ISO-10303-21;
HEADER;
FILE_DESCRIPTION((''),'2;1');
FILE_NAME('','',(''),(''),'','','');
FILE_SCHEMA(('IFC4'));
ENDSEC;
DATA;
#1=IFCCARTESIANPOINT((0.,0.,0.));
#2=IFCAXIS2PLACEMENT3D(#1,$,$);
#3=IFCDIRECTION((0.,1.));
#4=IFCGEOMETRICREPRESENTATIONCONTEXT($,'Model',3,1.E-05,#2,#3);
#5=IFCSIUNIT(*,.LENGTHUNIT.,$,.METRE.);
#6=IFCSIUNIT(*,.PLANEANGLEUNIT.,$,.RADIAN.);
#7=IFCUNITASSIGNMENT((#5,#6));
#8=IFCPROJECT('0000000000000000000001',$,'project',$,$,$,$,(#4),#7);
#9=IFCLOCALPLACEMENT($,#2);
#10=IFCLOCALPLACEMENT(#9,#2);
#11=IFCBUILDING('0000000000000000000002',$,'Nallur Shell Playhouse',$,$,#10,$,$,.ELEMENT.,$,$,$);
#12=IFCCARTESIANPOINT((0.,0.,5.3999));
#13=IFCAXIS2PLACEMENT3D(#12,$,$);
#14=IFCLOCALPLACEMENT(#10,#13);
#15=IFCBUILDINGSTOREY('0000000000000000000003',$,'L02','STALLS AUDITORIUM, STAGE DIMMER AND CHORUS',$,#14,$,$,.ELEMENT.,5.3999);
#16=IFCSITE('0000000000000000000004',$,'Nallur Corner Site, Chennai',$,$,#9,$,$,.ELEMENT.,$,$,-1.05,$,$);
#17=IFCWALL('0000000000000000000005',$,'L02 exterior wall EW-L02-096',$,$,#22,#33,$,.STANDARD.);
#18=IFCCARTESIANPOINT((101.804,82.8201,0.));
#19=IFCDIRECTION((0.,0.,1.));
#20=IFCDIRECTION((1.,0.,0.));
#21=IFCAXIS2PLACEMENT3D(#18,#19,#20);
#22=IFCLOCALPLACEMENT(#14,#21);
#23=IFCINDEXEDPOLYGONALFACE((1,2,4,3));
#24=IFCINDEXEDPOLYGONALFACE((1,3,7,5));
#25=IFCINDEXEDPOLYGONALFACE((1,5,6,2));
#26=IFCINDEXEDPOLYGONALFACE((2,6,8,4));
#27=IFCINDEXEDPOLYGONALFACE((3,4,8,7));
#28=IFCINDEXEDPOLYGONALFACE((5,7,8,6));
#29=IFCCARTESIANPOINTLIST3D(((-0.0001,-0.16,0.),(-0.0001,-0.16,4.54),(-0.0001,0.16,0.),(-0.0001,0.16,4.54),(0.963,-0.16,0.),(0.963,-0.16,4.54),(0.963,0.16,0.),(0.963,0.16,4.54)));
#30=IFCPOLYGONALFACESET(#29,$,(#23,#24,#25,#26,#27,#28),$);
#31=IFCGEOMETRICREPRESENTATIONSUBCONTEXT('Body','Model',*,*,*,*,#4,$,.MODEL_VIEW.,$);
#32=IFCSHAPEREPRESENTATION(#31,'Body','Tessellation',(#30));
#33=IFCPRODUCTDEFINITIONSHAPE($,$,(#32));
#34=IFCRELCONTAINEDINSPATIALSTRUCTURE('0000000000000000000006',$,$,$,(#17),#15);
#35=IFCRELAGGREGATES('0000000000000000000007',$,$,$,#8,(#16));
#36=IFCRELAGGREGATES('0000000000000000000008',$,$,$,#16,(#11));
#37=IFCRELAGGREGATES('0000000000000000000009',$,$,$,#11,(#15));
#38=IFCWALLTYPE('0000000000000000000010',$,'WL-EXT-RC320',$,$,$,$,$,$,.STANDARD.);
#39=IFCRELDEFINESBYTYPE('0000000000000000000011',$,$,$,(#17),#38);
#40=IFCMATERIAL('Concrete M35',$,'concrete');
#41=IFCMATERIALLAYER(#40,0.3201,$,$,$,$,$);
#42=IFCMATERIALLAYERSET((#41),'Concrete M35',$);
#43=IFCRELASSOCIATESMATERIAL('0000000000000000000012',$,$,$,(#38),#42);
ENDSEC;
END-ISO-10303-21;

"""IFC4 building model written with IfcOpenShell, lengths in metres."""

from ifc_helpers import new_model, si_unit, direction, frame, frame_2d, origin, place, context, subcontext, project, spatial, rectangle, extrude, material, layer, layer_set, type_object, element, save


model = new_model("IFC4")

# Units and contexts
model_context = context("Model", 3, precision=1e-05, world=origin(), true_north=direction((0.0, 1.0)))
body_context = subcontext(model_context, "Body", "Model", "MODEL_VIEW")
ifc_project = project(units=[si_unit("LENGTHUNIT", "METRE"), si_unit("PLANEANGLEUNIT", "RADIAN")], contexts=[model_context])

# Site, building, storey
site_placement = place(None, origin())
site = spatial("IfcSite", under=ifc_project, at=site_placement, Name="Nallur Corner Site, Chennai", CompositionType="ELEMENT", RefElevation=-1.05)
building_placement = place(site_placement, origin())
building = spatial("IfcBuilding", under=site, at=building_placement, Name="Nallur Shell Playhouse", CompositionType="ELEMENT")
storey_placement = place(building_placement, frame((0.0, 0.0, 5.3999)))
storey = spatial("IfcBuildingStorey", under=building, at=storey_placement, Name="L02", Description="STALLS AUDITORIUM, STAGE DIMMER AND CHORUS", CompositionType="ELEMENT", Elevation=5.3999)

# Shared definitions
ifc_material_1 = material(Name="Concrete M35", Category="concrete")

# Wall
ifc_layer_1 = layer(ifc_material_1, 0.3201)
ifc_layer_set_1 = layer_set([ifc_layer_1], Name="Concrete M35")
wall_type_1 = type_object("IfcWallType", Name="WL-EXT-RC320", PredefinedType="STANDARD", material=ifc_layer_set_1)
wall_1_placement = place(storey_placement, frame((101.804, 82.8201, 0.0), z_axis=(0.0, 0.0, 1.0), x_axis=(1.0, 0.0, 0.0)))
element("IfcWall", 1, at=wall_1_placement, inside=storey, type_object=wall_type_1, Name="L02 exterior wall EW-L02-096", PredefinedType="STANDARD", context=body_context, shape_type="SweptSolid", body=[
    extrude(rectangle(XDim=0.9631, YDim=0.3201, at=frame_2d((0.4814, 0.0))), origin(), (0.0, 0.0, 1.0), 4.54),
])

save(model, "model.ifc")
